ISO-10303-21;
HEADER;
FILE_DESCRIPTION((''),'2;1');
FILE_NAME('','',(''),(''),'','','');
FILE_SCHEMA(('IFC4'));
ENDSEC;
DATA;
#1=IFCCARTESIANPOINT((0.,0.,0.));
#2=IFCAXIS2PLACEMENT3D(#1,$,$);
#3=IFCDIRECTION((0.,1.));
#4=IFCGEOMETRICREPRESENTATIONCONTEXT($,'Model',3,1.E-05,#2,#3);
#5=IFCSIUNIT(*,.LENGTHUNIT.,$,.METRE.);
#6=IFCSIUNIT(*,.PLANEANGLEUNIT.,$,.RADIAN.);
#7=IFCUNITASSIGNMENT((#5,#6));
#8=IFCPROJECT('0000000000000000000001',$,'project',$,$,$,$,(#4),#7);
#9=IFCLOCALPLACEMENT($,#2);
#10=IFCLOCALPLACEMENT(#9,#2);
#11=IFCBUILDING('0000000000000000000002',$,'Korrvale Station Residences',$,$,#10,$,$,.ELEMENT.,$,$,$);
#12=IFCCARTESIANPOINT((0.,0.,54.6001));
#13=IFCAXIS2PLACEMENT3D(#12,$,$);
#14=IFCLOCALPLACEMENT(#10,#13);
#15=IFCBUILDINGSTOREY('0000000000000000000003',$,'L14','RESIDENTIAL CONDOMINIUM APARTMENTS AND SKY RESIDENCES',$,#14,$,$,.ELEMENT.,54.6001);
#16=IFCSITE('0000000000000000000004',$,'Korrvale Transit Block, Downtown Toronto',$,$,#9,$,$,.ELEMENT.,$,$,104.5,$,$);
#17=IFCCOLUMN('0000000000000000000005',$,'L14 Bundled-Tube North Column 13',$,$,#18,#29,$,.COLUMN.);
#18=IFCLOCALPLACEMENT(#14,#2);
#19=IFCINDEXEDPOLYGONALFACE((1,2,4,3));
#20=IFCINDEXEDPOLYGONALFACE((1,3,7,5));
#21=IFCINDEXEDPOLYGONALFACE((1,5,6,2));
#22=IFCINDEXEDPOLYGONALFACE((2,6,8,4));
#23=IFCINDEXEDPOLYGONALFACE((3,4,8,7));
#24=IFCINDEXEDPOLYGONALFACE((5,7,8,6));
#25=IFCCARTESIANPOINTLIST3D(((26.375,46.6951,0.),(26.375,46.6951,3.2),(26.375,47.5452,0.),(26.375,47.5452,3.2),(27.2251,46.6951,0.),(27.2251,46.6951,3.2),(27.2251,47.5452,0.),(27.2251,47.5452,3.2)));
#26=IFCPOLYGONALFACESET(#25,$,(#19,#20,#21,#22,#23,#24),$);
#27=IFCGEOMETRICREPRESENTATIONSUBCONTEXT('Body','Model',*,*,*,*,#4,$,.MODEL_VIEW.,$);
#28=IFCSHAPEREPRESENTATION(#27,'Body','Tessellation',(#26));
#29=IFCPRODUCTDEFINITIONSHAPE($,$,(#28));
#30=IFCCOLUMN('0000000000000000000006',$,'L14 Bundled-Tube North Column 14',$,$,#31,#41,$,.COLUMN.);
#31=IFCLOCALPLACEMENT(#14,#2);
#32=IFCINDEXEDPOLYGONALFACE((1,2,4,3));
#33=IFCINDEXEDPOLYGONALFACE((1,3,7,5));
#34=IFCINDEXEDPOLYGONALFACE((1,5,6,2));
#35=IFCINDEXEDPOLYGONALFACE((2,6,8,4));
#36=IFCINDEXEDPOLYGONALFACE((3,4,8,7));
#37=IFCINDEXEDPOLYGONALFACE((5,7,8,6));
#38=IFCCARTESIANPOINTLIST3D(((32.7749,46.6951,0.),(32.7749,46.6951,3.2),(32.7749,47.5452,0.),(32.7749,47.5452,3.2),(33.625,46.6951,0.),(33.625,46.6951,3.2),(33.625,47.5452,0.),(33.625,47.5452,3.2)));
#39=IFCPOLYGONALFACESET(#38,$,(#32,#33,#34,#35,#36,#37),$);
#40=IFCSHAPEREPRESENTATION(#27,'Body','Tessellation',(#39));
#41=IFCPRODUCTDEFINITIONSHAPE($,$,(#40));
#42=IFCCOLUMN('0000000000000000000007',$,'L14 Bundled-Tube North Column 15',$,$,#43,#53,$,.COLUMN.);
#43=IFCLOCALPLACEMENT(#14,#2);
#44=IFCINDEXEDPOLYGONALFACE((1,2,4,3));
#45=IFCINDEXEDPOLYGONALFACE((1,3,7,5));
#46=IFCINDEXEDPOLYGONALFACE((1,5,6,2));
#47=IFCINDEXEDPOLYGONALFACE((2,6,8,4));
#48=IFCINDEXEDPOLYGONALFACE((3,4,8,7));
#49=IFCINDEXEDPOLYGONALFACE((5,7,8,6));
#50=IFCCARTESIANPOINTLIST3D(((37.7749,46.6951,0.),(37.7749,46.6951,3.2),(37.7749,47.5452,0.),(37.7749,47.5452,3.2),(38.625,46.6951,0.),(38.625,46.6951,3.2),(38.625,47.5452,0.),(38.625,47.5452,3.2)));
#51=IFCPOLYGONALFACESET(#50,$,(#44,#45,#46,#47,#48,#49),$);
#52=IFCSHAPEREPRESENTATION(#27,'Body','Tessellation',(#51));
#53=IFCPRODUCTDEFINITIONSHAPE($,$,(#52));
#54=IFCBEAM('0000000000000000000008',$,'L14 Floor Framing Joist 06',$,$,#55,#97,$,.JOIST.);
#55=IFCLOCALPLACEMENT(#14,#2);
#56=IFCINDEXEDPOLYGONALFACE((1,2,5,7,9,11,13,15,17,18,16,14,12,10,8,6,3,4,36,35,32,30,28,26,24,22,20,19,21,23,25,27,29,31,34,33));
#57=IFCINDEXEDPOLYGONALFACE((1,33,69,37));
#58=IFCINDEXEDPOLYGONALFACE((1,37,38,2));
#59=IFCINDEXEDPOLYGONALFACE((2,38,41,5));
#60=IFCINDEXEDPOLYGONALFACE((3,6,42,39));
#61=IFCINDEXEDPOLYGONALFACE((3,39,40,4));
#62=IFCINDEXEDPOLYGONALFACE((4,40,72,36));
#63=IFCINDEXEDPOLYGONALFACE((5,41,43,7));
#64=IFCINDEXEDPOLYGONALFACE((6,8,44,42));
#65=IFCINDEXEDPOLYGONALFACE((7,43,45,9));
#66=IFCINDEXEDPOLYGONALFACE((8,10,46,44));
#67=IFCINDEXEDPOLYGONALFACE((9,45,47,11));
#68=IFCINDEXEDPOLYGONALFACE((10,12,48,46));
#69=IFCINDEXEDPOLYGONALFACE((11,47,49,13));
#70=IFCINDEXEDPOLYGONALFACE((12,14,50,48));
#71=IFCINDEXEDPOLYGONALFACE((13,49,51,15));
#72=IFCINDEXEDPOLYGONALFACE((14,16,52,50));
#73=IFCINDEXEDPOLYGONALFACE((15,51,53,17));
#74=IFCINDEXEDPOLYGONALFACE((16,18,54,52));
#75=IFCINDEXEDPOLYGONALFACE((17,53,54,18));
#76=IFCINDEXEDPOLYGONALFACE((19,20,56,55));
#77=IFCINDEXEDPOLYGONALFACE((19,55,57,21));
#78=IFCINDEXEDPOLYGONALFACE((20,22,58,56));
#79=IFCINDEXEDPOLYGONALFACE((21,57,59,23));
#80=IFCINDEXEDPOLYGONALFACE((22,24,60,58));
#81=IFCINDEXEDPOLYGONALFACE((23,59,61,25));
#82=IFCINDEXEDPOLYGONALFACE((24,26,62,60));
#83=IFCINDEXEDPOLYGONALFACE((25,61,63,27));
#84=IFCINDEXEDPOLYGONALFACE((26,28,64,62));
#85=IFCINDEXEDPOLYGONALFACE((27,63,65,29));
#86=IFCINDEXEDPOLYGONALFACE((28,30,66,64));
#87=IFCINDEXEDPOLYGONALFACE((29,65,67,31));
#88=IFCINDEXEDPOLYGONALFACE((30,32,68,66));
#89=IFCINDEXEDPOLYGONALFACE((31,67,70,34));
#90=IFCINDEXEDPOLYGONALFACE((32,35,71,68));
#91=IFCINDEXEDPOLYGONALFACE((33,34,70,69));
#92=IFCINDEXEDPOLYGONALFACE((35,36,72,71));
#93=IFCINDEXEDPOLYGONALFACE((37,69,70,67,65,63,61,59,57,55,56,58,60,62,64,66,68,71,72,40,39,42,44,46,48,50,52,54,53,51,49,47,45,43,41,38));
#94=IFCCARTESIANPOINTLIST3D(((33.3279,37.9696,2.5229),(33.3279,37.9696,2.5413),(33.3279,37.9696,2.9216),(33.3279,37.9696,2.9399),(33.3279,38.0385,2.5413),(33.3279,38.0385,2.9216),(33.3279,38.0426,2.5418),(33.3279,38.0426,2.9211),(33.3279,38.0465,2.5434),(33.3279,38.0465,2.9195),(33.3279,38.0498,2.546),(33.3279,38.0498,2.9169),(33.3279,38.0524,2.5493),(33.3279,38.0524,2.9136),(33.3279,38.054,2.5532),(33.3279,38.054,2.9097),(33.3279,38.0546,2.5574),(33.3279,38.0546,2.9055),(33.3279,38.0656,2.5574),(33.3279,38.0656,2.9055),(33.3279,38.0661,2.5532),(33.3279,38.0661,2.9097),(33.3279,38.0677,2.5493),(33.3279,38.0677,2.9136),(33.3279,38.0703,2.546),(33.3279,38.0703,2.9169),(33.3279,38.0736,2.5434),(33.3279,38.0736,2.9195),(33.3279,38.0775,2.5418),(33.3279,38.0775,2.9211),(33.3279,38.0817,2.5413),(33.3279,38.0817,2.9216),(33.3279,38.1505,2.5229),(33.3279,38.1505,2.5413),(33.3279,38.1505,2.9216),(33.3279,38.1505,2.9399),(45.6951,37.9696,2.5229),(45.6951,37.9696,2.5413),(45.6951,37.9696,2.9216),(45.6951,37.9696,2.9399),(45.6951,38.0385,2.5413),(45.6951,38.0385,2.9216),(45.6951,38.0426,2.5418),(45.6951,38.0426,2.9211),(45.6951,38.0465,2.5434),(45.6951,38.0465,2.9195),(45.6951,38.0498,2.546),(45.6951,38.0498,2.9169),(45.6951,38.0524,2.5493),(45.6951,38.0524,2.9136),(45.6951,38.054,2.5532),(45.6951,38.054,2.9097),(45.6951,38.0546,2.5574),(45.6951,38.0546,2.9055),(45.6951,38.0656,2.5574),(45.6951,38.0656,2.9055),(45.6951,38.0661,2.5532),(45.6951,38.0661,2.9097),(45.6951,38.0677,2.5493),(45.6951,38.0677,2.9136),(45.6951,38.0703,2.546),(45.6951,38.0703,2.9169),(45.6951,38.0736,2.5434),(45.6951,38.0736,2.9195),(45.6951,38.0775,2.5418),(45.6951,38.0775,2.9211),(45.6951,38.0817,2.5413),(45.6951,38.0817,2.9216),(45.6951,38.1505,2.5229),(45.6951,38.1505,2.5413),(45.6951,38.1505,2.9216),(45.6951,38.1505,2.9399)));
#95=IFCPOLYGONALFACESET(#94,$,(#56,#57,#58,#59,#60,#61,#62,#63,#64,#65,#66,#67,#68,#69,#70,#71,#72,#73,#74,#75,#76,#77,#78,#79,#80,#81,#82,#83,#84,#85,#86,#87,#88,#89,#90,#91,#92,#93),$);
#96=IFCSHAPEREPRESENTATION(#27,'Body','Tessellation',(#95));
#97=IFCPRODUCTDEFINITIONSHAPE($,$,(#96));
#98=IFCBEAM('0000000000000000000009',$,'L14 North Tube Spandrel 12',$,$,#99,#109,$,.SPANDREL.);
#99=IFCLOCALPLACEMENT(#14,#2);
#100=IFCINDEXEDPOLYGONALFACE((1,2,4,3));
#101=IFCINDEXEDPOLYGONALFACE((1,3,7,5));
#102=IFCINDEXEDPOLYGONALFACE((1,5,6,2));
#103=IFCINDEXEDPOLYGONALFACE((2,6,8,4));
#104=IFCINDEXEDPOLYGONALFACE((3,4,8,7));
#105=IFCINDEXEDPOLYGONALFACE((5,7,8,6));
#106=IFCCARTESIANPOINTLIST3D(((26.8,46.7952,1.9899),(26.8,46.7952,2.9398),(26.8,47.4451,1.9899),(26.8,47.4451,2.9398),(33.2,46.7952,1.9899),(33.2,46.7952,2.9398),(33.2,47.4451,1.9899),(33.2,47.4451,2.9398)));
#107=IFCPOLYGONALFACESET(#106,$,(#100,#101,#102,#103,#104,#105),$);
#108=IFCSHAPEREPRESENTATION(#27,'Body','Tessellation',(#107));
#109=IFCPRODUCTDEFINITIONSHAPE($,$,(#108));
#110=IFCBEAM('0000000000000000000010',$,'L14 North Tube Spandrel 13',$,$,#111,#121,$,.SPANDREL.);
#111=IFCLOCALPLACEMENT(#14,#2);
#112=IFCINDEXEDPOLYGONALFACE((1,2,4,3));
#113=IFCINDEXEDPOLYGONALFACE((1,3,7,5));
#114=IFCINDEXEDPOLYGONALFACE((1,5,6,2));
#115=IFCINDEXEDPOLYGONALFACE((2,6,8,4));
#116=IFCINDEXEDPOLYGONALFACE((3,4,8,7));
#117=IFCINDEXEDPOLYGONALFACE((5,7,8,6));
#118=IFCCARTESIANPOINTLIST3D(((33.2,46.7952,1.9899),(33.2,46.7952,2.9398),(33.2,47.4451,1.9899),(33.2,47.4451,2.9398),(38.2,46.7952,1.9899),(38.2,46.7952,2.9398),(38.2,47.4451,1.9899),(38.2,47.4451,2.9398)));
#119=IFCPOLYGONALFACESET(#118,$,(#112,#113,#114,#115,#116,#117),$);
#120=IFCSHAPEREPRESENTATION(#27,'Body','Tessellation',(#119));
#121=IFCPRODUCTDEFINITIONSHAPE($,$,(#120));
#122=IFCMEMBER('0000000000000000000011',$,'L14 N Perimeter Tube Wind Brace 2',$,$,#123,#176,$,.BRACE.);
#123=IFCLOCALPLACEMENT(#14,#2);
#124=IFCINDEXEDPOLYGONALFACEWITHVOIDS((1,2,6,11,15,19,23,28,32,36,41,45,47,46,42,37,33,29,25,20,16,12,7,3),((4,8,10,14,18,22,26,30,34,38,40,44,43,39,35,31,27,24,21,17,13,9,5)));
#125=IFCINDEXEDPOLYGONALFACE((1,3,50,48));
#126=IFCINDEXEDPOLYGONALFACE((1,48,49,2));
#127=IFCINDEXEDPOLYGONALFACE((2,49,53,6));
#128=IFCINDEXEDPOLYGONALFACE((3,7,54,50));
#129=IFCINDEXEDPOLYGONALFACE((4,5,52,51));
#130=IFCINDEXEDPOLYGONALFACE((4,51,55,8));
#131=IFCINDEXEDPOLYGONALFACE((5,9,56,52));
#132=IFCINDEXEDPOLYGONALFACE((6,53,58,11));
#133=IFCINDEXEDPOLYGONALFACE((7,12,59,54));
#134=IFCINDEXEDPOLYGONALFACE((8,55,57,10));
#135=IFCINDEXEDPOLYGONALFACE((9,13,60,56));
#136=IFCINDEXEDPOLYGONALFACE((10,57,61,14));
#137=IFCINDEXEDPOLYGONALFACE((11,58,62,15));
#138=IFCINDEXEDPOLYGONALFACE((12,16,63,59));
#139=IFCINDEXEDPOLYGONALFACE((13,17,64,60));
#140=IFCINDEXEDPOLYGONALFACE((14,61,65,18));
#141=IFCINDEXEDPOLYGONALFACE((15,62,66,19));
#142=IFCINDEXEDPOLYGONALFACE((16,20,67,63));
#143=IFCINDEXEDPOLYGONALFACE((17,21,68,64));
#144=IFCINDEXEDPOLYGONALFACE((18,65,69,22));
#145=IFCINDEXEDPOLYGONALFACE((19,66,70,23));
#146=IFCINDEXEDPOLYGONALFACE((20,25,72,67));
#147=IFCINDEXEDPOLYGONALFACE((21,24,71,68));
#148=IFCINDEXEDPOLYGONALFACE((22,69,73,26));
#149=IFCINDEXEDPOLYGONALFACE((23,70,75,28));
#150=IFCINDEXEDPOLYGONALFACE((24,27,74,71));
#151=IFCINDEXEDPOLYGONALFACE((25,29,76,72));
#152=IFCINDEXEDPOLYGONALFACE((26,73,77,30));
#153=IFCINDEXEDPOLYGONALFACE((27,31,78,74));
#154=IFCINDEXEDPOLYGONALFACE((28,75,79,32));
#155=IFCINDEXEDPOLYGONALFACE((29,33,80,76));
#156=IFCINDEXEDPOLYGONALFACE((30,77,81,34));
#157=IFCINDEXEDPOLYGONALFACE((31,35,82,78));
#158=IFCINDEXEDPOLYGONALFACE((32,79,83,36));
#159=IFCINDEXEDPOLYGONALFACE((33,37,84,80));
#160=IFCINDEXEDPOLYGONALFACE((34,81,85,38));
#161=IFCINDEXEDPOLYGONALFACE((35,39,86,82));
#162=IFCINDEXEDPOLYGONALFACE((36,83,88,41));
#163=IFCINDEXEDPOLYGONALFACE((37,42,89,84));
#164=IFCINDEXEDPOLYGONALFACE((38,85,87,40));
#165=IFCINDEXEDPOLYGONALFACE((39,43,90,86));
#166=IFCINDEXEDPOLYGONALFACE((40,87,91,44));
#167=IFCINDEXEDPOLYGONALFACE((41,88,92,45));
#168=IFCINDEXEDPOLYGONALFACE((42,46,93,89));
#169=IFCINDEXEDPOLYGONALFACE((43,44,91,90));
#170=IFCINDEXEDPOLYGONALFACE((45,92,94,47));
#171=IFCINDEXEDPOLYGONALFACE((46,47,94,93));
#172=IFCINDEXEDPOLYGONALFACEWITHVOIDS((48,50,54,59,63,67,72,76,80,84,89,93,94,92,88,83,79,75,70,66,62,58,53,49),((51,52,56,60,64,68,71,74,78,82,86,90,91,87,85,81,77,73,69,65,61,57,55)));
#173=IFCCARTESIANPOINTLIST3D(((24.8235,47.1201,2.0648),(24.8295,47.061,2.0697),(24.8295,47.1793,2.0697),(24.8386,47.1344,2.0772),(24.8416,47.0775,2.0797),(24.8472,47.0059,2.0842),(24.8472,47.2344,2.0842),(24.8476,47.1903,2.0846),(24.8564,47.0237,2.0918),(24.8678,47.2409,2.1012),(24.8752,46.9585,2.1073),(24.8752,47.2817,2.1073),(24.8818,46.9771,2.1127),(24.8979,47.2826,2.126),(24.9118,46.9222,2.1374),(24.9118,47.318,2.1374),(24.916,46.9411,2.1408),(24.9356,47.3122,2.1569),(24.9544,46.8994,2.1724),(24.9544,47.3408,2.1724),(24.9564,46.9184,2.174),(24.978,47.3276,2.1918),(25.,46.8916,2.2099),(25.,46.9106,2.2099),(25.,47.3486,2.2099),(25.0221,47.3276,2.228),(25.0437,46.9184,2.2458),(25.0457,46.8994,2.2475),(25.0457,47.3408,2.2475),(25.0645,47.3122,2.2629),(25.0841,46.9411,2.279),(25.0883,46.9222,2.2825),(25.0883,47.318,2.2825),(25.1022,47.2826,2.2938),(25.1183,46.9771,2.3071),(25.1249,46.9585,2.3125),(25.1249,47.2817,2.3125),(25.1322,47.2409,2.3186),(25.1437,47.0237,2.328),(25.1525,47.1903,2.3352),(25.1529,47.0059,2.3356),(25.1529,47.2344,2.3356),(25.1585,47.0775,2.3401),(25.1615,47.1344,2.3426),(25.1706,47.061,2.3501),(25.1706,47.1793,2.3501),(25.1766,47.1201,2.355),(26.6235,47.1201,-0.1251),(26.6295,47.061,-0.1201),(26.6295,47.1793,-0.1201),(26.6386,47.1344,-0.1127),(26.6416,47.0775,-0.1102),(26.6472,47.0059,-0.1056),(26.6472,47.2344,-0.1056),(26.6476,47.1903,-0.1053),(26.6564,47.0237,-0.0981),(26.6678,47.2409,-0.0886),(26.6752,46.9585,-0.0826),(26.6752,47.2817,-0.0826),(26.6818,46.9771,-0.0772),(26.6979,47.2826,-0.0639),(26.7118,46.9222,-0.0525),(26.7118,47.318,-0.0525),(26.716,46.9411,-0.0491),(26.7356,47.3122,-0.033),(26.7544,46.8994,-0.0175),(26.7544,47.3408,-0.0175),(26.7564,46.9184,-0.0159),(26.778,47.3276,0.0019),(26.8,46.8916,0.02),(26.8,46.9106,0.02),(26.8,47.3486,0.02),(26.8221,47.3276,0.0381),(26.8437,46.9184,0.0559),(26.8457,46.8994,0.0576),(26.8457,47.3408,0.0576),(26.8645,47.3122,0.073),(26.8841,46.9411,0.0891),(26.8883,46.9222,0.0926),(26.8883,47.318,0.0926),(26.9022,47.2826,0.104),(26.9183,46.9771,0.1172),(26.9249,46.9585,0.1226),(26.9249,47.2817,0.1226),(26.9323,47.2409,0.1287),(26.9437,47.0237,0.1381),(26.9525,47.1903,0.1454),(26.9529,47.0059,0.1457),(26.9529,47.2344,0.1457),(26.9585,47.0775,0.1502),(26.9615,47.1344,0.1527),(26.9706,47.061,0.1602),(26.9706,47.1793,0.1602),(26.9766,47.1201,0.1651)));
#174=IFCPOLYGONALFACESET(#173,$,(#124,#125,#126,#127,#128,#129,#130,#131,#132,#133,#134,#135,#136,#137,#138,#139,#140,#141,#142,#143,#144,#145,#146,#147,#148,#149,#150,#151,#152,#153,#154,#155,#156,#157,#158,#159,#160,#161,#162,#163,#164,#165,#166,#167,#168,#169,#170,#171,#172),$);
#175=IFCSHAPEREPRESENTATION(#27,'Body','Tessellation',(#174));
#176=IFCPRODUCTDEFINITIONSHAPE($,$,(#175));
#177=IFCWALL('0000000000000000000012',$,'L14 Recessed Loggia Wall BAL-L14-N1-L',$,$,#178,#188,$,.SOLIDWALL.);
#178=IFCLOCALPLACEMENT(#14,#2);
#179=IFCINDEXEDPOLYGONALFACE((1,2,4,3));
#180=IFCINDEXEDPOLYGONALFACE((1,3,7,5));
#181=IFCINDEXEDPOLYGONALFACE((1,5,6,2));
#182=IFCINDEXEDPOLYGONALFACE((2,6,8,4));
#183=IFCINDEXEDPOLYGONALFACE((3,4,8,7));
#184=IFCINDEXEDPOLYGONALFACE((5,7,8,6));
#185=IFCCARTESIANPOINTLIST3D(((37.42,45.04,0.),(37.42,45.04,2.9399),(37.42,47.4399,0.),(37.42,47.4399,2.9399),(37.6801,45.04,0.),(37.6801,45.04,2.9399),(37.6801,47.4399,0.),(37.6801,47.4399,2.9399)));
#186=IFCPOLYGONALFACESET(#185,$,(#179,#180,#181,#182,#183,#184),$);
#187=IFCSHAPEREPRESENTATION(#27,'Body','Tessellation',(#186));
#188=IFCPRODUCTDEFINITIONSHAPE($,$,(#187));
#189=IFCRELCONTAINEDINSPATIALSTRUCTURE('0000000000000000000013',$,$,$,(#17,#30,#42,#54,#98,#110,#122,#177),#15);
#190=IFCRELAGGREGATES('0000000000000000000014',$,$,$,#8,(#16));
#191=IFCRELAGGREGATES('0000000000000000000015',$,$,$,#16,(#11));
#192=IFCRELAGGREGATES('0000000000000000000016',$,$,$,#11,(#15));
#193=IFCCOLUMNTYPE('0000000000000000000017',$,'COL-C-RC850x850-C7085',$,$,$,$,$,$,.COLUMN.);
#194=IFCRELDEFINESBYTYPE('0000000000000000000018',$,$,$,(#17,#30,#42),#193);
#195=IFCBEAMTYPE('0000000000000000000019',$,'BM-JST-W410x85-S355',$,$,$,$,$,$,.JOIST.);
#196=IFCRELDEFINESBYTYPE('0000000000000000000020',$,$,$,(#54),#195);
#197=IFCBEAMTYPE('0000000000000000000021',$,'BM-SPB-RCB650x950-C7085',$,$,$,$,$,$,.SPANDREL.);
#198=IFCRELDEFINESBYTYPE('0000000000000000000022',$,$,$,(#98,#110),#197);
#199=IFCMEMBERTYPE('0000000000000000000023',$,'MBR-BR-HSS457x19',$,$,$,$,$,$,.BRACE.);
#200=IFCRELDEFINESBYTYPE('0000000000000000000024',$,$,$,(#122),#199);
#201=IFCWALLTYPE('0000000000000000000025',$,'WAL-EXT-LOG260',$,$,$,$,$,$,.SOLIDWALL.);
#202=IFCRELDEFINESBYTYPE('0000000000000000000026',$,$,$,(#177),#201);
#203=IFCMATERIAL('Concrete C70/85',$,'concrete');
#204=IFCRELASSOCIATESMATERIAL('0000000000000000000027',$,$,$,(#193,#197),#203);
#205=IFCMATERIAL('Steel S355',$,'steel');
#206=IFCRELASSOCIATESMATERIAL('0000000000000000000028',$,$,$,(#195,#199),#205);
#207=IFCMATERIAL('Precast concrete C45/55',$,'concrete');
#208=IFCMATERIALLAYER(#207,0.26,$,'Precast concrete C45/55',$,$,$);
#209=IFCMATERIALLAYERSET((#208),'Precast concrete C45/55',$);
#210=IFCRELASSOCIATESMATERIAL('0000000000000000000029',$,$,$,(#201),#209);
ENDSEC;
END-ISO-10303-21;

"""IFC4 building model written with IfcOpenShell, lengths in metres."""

from ifc_helpers import new_model, si_unit, direction, frame, frame_2d, origin, origin_2d, place, context, subcontext, project, spatial, rectangle, hollow_circle, i_section, extrude, material, layer, layer_set, material_profile, profile_set, type_object, element, save


model = new_model("IFC4")

# Units and contexts
model_context = context("Model", 3, precision=1e-05, world=origin(), true_north=direction((0.0, 1.0)))
body_context = subcontext(model_context, "Body", "Model", "MODEL_VIEW")
ifc_project = project(units=[si_unit("LENGTHUNIT", "METRE"), si_unit("PLANEANGLEUNIT", "RADIAN")], contexts=[model_context])

# Site, building, storey
site_placement = place(None, origin())
site = spatial("IfcSite", under=ifc_project, at=site_placement, Name="Korrvale Transit Block, Downtown Toronto", CompositionType="ELEMENT", RefElevation=104.5)
building_placement = place(site_placement, origin())
building = spatial("IfcBuilding", under=site, at=building_placement, Name="Korrvale Station Residences", CompositionType="ELEMENT")
storey_placement = place(building_placement, frame((0.0, 0.0, 54.6001)))
storey = spatial("IfcBuildingStorey", under=building, at=storey_placement, Name="L14", Description="RESIDENTIAL CONDOMINIUM APARTMENTS AND SKY RESIDENCES", CompositionType="ELEMENT", Elevation=54.6001)

# Columns
ifc_material_1 = material(Name="Concrete C70/85", Category="concrete")
ifc_material_profile_1 = material_profile(ifc_material_1, rectangle(XDim=0.8501, YDim=0.8501, at=origin_2d()), Name="RC850x850")
ifc_profile_set_1 = profile_set([ifc_material_profile_1], Name="Concrete C70/85")
column_type = type_object("IfcColumnType", Name="COL-C-RC850x850-C7085", PredefinedType="COLUMN", material=ifc_profile_set_1)
for number, where, z_axis, x_axis, name in (
    (1, (26.8, 47.1201, 0.0), (0.0, 0.0, 1.0), (1.0, 0.0, 0.0), "L14 Bundled-Tube North Column 13"),
    (2, (33.2, 47.1201, 0.0), (0.0, 0.0, 1.0), (1.0, 0.0, 0.0), "L14 Bundled-Tube North Column 14"),
    (3, (38.2, 47.1201, 0.0), (0.0, 0.0, 1.0), (1.0, 0.0, 0.0), "L14 Bundled-Tube North Column 15"),
):
    element("IfcColumn", number, at=place(storey_placement, frame(where, z_axis=z_axis, x_axis=x_axis)), inside=storey, type_object=column_type, Name=name, PredefinedType="COLUMN", context=body_context, shape_type="SweptSolid", body=[
        extrude(rectangle(XDim=0.8501, YDim=0.8501, at=origin_2d()), origin(), (0.0, 0.0, 1.0), 3.2),
    ])

# Beams
ifc_material_2 = material(Name="Steel S355", Category="steel")
ifc_material_profile_2 = material_profile(ifc_material_2, i_section(OverallWidth=0.1809, OverallDepth=0.417, WebThickness=0.011, FlangeThickness=0.0183, FilletRadius=0.0161, at=origin_2d()), Name="W410x85")
ifc_profile_set_2 = profile_set([ifc_material_profile_2], Name="Steel S355")
beam_type_1 = type_object("IfcBeamType", Name="BM-JST-W410x85-S355", PredefinedType="JOIST", material=ifc_profile_set_2)
beam_1_placement = place(storey_placement, frame((33.3279, 38.0601, 2.7314), z_axis=(1.0, 0.0, 0.0), x_axis=(0.0, 1.0, 0.0)))
element("IfcBeam", 4, at=beam_1_placement, inside=storey, type_object=beam_type_1, Name="L14 Floor Framing Joist 06", PredefinedType="JOIST", context=body_context, shape_type="SweptSolid", body=[
    extrude(i_section(OverallWidth=0.1809, OverallDepth=0.417, WebThickness=0.011, FlangeThickness=0.0183, FilletRadius=0.0161, at=origin_2d()), origin(), (0.0, 0.0, 1.0), 12.3672),
])
ifc_material_profile_3 = material_profile(ifc_material_1, rectangle(XDim=0.6499, YDim=0.95, at=origin_2d()), Name="RCB650x950")
ifc_profile_set_3 = profile_set([ifc_material_profile_3], Name="Concrete C70/85")
beam_type_2 = type_object("IfcBeamType", Name="BM-SPB-RCB650x950-C7085", PredefinedType="SPANDREL", material=ifc_profile_set_3)
beam_2_placement = place(storey_placement, frame((26.8, 47.1201, 2.4648), z_axis=(1.0, 0.0, 0.0), x_axis=(0.0, 1.0, 0.0)))
element("IfcBeam", 5, at=beam_2_placement, inside=storey, type_object=beam_type_2, Name="L14 North Tube Spandrel 12", PredefinedType="SPANDREL", context=body_context, shape_type="SweptSolid", body=[
    extrude(rectangle(XDim=0.6499, YDim=0.95, at=origin_2d()), origin(), (0.0, 0.0, 1.0), 6.3999),
])
beam_3_placement = place(storey_placement, frame((33.2, 47.1201, 2.4648), z_axis=(1.0, 0.0, 0.0), x_axis=(0.0, 1.0, 0.0)))
element("IfcBeam", 6, at=beam_3_placement, inside=storey, type_object=beam_type_2, Name="L14 North Tube Spandrel 13", PredefinedType="SPANDREL", context=body_context, shape_type="SweptSolid", body=[
    extrude(rectangle(XDim=0.6499, YDim=0.95, at=origin_2d()), origin(), (0.0, 0.0, 1.0), 5.0),
])

# Member
ifc_material_profile_4 = material_profile(ifc_material_2, hollow_circle(Radius=0.2285, WallThickness=0.019, at=origin_2d()), Name="HSS457x19")
ifc_profile_set_4 = profile_set([ifc_material_profile_4], Name="Steel S355")
member_type = type_object("IfcMemberType", Name="MBR-BR-HSS457x19", PredefinedType="BRACE", material=ifc_profile_set_4)
member_placement = place(storey_placement, frame((26.8, 47.1201, 0.02), z_axis=(-0.634985, 0.0, 0.772524), x_axis=(0.0, -1.0, 0.0)))
element("IfcMember", 7, at=member_placement, inside=storey, type_object=member_type, Name="L14 N Perimeter Tube Wind Brace 2", PredefinedType="BRACE", context=body_context, shape_type="SweptSolid", body=[
    extrude(hollow_circle(Radius=0.2285, WallThickness=0.019, at=origin_2d()), origin(), (0.0, 0.0, 1.0), 2.8347),
])

# Wall
ifc_material_3 = material(Name="Precast concrete C45/55", Category="concrete")
ifc_layer_1 = layer(ifc_material_3, 0.26, Name="Precast concrete C45/55")
ifc_layer_set_1 = layer_set([ifc_layer_1], Name="Precast concrete C45/55")
wall_type_1 = type_object("IfcWallType", Name="WAL-EXT-LOG260", PredefinedType="SOLIDWALL", material=ifc_layer_set_1)
wall_1_placement = place(storey_placement, frame((37.55, 47.4399, 0.0), z_axis=(0.0, 0.0, 1.0), x_axis=(0.0, -1.0, 0.0)))
element("IfcWall", 8, at=wall_1_placement, inside=storey, type_object=wall_type_1, Name="L14 Recessed Loggia Wall BAL-L14-N1-L", PredefinedType="SOLIDWALL", context=body_context, shape_type="SweptSolid", body=[
    extrude(rectangle(XDim=2.3999, YDim=0.26, at=frame_2d((1.2, 0.0))), origin(), (0.0, 0.0, 1.0), 2.9399),
])

save(model, "model.ifc")
